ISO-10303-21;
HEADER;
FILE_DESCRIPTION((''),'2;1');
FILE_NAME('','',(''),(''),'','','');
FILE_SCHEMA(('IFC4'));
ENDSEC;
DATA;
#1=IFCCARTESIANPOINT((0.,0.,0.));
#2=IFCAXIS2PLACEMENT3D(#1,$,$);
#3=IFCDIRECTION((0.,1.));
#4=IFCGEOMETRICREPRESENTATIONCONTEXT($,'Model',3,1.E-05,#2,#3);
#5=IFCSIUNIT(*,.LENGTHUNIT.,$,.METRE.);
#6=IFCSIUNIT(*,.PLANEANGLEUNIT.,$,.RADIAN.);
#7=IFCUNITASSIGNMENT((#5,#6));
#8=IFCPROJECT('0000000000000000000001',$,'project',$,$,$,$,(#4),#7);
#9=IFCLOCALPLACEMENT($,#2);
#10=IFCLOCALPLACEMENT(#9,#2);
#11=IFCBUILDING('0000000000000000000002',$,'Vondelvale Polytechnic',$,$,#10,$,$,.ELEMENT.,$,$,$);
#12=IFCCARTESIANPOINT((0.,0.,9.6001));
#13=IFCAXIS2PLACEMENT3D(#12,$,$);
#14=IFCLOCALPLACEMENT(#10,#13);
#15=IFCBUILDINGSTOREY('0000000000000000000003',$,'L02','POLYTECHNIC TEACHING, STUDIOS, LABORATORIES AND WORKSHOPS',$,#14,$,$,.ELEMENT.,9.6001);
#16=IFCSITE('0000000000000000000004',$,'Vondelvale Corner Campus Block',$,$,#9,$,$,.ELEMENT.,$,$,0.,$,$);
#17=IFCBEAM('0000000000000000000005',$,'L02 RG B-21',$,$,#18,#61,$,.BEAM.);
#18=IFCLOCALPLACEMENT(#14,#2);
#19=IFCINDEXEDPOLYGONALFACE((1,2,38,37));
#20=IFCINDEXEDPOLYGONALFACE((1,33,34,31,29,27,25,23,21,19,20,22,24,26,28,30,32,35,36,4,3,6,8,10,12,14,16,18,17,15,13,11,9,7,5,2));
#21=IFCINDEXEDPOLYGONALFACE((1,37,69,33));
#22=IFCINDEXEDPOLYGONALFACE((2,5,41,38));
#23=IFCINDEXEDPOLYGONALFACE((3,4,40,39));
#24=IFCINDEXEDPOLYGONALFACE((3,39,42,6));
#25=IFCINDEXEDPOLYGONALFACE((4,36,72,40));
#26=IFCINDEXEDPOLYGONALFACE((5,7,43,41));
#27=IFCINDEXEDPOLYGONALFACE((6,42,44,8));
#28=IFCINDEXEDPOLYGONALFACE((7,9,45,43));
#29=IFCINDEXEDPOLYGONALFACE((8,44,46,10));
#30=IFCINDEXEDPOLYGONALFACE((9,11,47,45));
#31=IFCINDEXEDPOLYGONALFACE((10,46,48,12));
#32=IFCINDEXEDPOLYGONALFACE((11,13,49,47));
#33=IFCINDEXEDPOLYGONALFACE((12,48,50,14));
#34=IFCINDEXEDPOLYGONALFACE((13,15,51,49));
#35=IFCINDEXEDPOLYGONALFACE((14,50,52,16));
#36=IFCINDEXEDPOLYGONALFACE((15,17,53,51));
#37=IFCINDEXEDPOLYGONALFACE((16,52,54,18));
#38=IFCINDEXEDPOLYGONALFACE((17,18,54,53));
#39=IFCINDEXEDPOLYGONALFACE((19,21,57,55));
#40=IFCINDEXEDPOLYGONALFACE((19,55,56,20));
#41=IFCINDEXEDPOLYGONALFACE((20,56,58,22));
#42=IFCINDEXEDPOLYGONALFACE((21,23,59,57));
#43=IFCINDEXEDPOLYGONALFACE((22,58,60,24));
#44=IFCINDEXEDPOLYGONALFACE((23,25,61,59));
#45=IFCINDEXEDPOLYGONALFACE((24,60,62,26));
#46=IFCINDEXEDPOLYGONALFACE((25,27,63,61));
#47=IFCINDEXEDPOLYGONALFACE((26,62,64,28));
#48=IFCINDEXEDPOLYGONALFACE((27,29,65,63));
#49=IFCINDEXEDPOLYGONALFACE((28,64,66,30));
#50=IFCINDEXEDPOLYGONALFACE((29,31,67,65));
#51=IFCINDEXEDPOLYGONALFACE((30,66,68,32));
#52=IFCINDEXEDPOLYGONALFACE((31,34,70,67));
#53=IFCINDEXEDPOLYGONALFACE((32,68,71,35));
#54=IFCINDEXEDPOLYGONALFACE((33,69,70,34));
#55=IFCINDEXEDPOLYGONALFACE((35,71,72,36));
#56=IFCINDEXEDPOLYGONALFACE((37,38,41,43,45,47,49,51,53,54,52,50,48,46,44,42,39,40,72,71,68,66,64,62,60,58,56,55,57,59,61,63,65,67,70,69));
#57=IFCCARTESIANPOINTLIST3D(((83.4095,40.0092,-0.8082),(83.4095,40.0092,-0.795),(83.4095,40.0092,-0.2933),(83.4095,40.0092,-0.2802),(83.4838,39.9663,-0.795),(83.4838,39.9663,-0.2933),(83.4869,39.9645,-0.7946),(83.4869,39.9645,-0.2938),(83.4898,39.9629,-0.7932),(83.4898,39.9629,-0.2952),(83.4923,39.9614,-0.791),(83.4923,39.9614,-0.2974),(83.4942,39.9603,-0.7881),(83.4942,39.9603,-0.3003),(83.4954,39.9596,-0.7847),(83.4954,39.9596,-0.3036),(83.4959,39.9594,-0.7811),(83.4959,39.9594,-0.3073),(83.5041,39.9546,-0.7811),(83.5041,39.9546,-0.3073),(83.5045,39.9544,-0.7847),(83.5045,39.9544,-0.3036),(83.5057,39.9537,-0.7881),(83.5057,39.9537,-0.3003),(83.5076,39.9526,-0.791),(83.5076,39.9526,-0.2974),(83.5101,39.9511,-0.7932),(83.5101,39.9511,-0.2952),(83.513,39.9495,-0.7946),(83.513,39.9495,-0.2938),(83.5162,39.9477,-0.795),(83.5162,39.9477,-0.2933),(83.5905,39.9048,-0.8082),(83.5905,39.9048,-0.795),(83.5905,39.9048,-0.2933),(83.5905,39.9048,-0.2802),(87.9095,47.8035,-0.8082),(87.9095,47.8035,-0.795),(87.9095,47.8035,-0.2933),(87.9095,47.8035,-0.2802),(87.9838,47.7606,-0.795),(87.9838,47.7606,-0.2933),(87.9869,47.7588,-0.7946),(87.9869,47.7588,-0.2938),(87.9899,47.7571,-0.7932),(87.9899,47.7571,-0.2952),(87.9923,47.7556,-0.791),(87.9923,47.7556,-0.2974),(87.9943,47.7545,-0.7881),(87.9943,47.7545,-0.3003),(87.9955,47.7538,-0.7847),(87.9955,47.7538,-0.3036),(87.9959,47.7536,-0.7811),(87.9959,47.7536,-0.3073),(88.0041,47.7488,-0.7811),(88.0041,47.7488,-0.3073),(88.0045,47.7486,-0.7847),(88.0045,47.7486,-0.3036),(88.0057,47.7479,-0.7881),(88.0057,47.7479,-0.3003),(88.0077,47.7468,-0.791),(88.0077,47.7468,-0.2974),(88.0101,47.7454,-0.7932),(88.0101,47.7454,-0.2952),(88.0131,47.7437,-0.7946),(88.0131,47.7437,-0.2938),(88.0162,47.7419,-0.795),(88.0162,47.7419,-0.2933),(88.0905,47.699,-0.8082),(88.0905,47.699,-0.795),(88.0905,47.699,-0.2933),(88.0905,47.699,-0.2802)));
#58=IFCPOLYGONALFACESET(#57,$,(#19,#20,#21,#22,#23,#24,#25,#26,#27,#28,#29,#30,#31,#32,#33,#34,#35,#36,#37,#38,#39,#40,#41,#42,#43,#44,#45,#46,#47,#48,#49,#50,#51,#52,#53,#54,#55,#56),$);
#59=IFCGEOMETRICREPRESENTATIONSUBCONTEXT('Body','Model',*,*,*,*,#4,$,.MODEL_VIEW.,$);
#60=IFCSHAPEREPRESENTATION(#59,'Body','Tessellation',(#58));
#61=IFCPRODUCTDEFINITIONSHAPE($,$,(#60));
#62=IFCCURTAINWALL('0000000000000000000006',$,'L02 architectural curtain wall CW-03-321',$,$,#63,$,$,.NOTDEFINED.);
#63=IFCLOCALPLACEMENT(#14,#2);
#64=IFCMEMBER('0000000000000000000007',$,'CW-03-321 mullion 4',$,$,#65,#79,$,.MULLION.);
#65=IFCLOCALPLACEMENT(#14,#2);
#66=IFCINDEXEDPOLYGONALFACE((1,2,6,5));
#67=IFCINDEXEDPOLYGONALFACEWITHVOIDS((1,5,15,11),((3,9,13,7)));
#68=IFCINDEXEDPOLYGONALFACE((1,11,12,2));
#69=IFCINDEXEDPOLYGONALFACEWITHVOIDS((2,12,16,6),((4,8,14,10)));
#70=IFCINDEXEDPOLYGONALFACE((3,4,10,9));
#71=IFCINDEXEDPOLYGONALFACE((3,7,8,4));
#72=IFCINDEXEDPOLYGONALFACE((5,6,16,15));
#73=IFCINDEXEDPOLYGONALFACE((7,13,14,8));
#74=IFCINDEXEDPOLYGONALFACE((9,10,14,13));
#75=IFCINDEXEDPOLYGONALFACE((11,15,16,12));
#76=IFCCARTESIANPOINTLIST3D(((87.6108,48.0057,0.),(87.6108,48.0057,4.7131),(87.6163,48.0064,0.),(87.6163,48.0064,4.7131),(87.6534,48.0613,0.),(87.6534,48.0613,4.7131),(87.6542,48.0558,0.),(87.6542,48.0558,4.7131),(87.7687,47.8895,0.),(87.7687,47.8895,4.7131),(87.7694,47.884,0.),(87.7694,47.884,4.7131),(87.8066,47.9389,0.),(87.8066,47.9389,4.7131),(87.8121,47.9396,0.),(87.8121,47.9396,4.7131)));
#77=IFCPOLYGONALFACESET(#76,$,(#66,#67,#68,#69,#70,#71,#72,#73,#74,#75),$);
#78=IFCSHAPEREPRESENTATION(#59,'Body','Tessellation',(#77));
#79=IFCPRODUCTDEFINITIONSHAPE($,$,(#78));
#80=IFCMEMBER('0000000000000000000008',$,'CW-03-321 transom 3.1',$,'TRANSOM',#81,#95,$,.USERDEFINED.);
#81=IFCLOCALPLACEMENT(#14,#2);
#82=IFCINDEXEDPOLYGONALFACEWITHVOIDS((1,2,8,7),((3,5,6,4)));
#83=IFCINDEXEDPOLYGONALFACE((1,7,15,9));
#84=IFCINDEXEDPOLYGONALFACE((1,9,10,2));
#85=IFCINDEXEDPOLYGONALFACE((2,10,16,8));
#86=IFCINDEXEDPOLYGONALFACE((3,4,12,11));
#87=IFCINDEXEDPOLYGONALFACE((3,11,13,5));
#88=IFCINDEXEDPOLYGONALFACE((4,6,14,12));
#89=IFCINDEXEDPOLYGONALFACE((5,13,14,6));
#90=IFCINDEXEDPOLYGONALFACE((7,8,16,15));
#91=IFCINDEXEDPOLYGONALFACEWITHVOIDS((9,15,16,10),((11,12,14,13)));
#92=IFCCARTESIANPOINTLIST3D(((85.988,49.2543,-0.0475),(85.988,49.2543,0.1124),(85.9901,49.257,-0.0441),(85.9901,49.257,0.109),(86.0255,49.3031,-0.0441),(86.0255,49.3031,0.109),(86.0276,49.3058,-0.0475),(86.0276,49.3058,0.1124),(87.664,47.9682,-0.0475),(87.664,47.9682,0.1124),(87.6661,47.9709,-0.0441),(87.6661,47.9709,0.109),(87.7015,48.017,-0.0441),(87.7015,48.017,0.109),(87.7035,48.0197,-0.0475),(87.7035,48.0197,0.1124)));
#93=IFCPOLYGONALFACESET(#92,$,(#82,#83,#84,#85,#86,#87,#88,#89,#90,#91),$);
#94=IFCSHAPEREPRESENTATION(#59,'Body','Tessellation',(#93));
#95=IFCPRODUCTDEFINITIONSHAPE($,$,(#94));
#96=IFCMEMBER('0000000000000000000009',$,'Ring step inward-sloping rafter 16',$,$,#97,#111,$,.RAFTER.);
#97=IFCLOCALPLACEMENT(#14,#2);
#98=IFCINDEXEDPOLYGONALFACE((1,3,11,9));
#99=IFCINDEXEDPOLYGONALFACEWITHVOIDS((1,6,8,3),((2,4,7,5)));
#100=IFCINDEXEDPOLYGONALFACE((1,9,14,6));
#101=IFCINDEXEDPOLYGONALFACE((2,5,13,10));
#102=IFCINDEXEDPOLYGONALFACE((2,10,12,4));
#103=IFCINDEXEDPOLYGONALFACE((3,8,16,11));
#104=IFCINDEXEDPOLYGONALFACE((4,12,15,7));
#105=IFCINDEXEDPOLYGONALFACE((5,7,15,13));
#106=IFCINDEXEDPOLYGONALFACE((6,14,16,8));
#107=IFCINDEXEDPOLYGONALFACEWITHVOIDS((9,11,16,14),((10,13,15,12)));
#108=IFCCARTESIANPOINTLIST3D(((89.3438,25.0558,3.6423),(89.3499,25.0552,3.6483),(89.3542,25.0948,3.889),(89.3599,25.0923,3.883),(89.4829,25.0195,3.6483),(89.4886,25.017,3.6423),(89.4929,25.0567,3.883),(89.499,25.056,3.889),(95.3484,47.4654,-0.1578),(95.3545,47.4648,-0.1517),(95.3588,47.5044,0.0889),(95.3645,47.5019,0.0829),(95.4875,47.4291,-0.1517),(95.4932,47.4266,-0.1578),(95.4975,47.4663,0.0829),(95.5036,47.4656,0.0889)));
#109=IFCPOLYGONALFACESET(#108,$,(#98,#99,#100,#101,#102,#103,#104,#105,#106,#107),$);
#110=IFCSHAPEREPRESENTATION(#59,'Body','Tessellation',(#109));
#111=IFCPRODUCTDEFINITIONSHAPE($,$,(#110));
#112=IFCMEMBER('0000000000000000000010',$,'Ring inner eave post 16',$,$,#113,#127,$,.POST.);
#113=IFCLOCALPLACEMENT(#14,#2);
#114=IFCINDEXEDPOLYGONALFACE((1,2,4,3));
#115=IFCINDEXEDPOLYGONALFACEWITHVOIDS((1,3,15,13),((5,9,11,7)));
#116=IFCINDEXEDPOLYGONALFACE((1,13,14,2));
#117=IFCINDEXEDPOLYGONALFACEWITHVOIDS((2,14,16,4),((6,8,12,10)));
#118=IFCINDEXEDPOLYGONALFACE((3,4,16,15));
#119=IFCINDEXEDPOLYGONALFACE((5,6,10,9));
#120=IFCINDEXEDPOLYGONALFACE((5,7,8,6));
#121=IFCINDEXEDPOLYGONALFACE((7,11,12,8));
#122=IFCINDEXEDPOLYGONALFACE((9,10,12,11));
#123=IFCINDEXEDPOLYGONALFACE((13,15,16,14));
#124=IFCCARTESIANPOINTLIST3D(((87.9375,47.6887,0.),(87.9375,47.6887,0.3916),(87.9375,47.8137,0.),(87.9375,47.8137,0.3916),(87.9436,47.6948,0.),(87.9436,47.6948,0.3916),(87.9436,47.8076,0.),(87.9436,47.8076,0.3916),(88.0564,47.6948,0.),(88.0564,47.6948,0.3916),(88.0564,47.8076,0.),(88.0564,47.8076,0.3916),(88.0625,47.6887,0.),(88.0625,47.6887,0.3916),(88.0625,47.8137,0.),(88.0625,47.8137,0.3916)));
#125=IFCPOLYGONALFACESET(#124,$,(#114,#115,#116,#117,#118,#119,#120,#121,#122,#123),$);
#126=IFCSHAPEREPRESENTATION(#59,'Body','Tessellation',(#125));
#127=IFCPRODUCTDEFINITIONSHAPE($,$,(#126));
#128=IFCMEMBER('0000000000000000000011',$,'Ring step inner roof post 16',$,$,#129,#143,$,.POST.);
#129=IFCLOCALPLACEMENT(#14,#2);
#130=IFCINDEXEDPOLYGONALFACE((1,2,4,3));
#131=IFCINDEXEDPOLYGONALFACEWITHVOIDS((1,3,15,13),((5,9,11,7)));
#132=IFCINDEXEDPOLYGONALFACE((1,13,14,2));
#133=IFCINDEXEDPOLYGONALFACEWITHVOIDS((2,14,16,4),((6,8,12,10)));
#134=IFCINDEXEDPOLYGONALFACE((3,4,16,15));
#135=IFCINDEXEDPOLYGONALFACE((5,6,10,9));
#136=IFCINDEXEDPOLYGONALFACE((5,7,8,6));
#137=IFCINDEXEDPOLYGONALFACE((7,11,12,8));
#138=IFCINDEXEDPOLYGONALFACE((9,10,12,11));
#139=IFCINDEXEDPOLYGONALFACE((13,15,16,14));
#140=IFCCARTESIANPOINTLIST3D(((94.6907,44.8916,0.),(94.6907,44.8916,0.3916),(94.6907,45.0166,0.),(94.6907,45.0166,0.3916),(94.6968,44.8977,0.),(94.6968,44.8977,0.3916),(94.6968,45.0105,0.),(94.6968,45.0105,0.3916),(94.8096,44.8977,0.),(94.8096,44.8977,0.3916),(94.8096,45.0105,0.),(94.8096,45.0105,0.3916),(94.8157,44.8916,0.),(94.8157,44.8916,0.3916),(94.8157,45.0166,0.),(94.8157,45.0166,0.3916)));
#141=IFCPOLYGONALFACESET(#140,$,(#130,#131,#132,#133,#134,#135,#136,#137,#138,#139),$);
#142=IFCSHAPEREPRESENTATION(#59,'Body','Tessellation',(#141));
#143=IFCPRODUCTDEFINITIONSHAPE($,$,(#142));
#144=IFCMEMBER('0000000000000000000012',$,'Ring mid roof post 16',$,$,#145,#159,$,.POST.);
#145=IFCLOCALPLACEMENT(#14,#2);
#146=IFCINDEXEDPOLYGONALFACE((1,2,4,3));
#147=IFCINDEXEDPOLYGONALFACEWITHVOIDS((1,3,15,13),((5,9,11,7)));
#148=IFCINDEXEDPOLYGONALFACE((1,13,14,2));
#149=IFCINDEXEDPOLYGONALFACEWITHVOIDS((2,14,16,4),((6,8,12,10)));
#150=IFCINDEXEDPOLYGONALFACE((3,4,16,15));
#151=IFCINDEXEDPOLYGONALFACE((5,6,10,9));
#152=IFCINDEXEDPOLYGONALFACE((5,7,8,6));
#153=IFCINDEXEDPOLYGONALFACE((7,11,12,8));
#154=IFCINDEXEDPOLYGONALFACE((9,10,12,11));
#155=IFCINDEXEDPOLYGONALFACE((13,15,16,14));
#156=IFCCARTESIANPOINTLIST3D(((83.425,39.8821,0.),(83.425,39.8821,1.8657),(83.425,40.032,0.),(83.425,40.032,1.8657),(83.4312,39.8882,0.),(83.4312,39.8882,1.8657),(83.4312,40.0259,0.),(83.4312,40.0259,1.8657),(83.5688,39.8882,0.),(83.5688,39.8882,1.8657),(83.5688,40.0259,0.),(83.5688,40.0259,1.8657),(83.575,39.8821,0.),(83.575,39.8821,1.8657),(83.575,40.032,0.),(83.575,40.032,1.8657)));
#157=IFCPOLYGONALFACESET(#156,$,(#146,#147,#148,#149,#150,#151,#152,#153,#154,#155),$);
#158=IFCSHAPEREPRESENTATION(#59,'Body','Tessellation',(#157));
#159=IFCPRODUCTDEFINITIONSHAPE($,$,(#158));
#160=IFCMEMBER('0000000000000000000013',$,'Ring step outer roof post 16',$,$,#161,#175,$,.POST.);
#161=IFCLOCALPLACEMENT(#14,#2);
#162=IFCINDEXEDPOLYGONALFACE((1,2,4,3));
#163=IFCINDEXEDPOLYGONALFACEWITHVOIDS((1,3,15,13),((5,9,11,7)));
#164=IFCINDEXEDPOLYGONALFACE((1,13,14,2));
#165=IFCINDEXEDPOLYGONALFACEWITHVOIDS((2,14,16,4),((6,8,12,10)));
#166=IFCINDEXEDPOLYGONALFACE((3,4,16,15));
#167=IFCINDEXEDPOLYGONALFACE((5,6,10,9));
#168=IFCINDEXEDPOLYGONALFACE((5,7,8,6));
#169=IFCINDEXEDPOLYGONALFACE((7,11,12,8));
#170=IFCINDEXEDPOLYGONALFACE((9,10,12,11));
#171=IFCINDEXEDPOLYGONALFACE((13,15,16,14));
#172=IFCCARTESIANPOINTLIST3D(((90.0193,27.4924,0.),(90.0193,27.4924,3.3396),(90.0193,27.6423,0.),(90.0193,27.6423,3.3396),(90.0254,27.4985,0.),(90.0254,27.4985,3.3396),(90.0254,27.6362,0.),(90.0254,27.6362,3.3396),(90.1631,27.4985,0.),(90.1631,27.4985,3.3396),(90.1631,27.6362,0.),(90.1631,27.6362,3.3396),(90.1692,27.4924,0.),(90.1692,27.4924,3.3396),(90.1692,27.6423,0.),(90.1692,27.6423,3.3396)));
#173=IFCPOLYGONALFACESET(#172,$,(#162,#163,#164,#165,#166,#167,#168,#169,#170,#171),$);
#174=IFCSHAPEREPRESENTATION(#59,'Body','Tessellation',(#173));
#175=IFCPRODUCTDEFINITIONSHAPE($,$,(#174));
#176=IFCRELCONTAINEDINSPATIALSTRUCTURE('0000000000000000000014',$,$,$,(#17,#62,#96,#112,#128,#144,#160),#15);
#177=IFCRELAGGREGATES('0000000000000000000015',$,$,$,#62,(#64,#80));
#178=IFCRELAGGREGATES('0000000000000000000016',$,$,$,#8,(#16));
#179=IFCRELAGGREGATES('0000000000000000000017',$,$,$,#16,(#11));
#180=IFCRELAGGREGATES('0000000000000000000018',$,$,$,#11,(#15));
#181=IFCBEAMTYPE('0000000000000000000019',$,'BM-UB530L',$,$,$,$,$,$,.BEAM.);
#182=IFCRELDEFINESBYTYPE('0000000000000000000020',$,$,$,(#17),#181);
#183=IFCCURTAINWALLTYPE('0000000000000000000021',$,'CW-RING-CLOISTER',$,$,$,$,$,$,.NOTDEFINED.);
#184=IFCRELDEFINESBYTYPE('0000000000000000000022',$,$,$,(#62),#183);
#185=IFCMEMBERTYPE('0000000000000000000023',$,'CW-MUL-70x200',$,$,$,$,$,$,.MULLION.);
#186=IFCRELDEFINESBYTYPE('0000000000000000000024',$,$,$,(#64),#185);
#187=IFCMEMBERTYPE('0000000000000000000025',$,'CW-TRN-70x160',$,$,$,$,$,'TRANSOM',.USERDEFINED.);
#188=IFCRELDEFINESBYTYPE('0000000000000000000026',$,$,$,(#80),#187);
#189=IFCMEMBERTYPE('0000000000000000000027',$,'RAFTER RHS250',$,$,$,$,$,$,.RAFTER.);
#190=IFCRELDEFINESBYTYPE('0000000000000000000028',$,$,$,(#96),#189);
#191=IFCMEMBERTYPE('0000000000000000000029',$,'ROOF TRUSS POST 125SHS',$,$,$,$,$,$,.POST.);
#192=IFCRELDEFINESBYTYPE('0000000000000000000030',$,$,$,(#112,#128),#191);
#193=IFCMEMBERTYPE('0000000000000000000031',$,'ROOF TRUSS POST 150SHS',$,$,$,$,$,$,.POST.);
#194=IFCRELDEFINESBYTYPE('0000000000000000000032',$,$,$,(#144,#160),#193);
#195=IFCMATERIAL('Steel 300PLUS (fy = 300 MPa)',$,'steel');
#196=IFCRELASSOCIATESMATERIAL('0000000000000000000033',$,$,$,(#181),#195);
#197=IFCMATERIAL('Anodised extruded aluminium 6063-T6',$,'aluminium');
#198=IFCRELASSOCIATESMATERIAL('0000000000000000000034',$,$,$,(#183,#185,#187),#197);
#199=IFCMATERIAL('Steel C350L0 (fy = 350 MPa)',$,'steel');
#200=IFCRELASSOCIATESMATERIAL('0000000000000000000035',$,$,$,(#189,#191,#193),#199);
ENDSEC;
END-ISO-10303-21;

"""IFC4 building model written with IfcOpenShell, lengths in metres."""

from ifc_helpers import new_model, si_unit, direction, frame, origin, origin_2d, place, context, subcontext, project, spatial, hollow_rectangle, i_section, extrude, material, material_profile, profile_set, type_object, element, aggregate, save


model = new_model("IFC4")

# Units and contexts
model_context = context("Model", 3, precision=1e-05, world=origin(), true_north=direction((0.0, 1.0)))
body_context = subcontext(model_context, "Body", "Model", "MODEL_VIEW")
ifc_project = project(units=[si_unit("LENGTHUNIT", "METRE"), si_unit("PLANEANGLEUNIT", "RADIAN")], contexts=[model_context])

# Site, building, storey
site_placement = place(None, origin())
site = spatial("IfcSite", under=ifc_project, at=site_placement, Name="Vondelvale Corner Campus Block", CompositionType="ELEMENT", RefElevation=0.0)
building_placement = place(site_placement, origin())
building = spatial("IfcBuilding", under=site, at=building_placement, Name="Vondelvale Polytechnic", CompositionType="ELEMENT")
storey_placement = place(building_placement, frame((0.0, 0.0, 9.6001)))
storey = spatial("IfcBuildingStorey", under=building, at=storey_placement, Name="L02", Description="POLYTECHNIC TEACHING, STUDIOS, LABORATORIES AND WORKSHOPS", CompositionType="ELEMENT", Elevation=9.6001)

# Shared definitions
ifc_material_1 = material(Name="Steel 300PLUS (fy = 300 MPa)", Category="steel")

# Beam
ifc_material_profile_1 = material_profile(ifc_material_1, i_section(OverallWidth=0.209, OverallDepth=0.5281, WebThickness=0.0095, FlangeThickness=0.0132, FilletRadius=0.0139, at=origin_2d()), Name="530UB82.0")
ifc_profile_set_1 = profile_set([ifc_material_profile_1], Name="Steel 300PLUS (fy = 300 MPa)")
beam_type_1 = type_object("IfcBeamType", Name="BM-UB530L", PredefinedType="BEAM", material=ifc_profile_set_1)
beam_1_placement = place(storey_placement, frame((88.0, 47.7512, -0.5442), z_axis=(-0.500002, -0.866024, 0.0), x_axis=(0.866024, -0.500002, 0.0)))
element("IfcBeam", 1, at=beam_1_placement, inside=storey, type_object=beam_type_1, Name="L02 RG B-21", PredefinedType="BEAM", context=body_context, shape_type="SweptSolid", body=[
    extrude(i_section(OverallWidth=0.209, OverallDepth=0.5281, WebThickness=0.0095, FlangeThickness=0.0132, FilletRadius=0.0139, at=origin_2d()), origin(), (0.0, 0.0, 1.0), 9.0),
])

# Curtain wall, members
ifc_material_2 = material(Name="Anodised extruded aluminium 6063-T6", Category="aluminium")
curtain_wall_type = type_object("IfcCurtainWallType", Name="CW-RING-CLOISTER", PredefinedType="NOTDEFINED", material=ifc_material_2)
curtain_wall_placement = place(storey_placement, origin())
curtain_wall = element("IfcCurtainWall", 2, at=curtain_wall_placement, inside=storey, type_object=curtain_wall_type, Name="L02 architectural curtain wall CW-03-321", PredefinedType="NOTDEFINED")
ifc_material_profile_2 = material_profile(ifc_material_2, hollow_rectangle(XDim=0.0701, YDim=0.2, WallThickness=0.0039, at=origin_2d()), Name="CW-MUL-200x70")
ifc_profile_set_2 = profile_set([ifc_material_profile_2], Name="Anodised extruded aluminium 6063-T6")
member_type_1 = type_object("IfcMemberType", Name="CW-MUL-70x200", PredefinedType="MULLION", material=ifc_profile_set_2)
member_1_placement = place(storey_placement, frame((87.7114, 47.9727, 0.0), z_axis=(0.0, 0.0, 1.0), x_axis=(0.608748, 0.793364, 0.0)))
member_1 = element("IfcMember", 3, at=member_1_placement, type_object=member_type_1, Name="CW-03-321 mullion 4", PredefinedType="MULLION", context=body_context, shape_type="SweptSolid", body=[
    extrude(hollow_rectangle(XDim=0.0701, YDim=0.2, WallThickness=0.0039, at=origin_2d()), origin(), (0.0, 0.0, 1.0), 4.7131),
])
ifc_material_profile_3 = material_profile(ifc_material_2, hollow_rectangle(XDim=0.0649, YDim=0.1599, WallThickness=0.0034, at=origin_2d()), Name="CW-TRN-160x65")
ifc_profile_set_3 = profile_set([ifc_material_profile_3], Name="Anodised extruded aluminium 6063-T6")
member_type_2 = type_object("IfcMemberType", Name="CW-TRN-70x160", ElementType="TRANSOM", PredefinedType="USERDEFINED", material=ifc_profile_set_3)
member_2_placement = place(storey_placement, frame((86.0078, 49.28, 0.0325), z_axis=(0.793337, -0.608783, 0.0), x_axis=(0.608783, 0.793337, 0.0)))
member_2 = element("IfcMember", 4, at=member_2_placement, type_object=member_type_2, Name="CW-03-321 transom 3.1", ObjectType="TRANSOM", PredefinedType="USERDEFINED", context=body_context, shape_type="SweptSolid", body=[
    extrude(hollow_rectangle(XDim=0.0649, YDim=0.1599, WallThickness=0.0034, at=origin_2d()), origin(), (0.0, 0.0, 1.0), 2.1125),
])

# Members
ifc_material_3 = material(Name="Steel C350L0 (fy = 350 MPa)", Category="steel")
ifc_material_profile_4 = material_profile(ifc_material_3, hollow_rectangle(XDim=0.1499, YDim=0.25, WallThickness=0.0061, at=origin_2d()), Name="250x150x6.0RHS")
ifc_profile_set_4 = profile_set([ifc_material_profile_4], Name="Steel C350L0 (fy = 350 MPa)")
member_type_3 = type_object("IfcMemberType", Name="RAFTER RHS250", PredefinedType="RAFTER", material=ifc_profile_set_4)
member_3_placement = place(storey_placement, frame((89.4214, 25.0559, 3.7656), z_axis=(0.255415, 0.953224, -0.16164), x_axis=(-0.965926, 0.258818, 0.0)))
element("IfcMember", 5, at=member_3_placement, inside=storey, type_object=member_type_3, Name="Ring step inward-sloping rafter 16", PredefinedType="RAFTER", context=body_context, shape_type="SweptSolid", body=[
    extrude(hollow_rectangle(XDim=0.1499, YDim=0.25, WallThickness=0.0061, at=origin_2d()), origin(), (0.0, 0.0, 1.0), 23.5093),
])
ifc_material_profile_5 = material_profile(ifc_material_3, hollow_rectangle(XDim=0.125, YDim=0.125, WallThickness=0.0061, at=origin_2d()), Name="125x125x6.0SHS")
ifc_profile_set_5 = profile_set([ifc_material_profile_5], Name="Steel C350L0 (fy = 350 MPa)")
member_type_4 = type_object("IfcMemberType", Name="ROOF TRUSS POST 125SHS", PredefinedType="POST", material=ifc_profile_set_5)
for number, where, z_axis, x_axis, name in (
    (6, (88.0, 47.7512, 0.0), (0.0, 0.0, 1.0), (1.0, 0.0, 0.0), "Ring inner eave post 16"),
    (7, (94.7532, 44.9541, 0.0), (0.0, 0.0, 1.0), (1.0, 0.0, 0.0), "Ring step inner roof post 16"),
):
    element("IfcMember", number, at=place(storey_placement, frame(where, z_axis=z_axis, x_axis=x_axis)), inside=storey, type_object=member_type_4, Name=name, PredefinedType="POST", context=body_context, shape_type="SweptSolid", body=[
        extrude(hollow_rectangle(XDim=0.125, YDim=0.125, WallThickness=0.0061, at=origin_2d()), origin(), (0.0, 0.0, 1.0), 0.3916),
    ])
ifc_material_profile_6 = material_profile(ifc_material_3, hollow_rectangle(XDim=0.1499, YDim=0.1499, WallThickness=0.0061, at=origin_2d()), Name="150x150x6.0SHS")
ifc_profile_set_6 = profile_set([ifc_material_profile_6], Name="Steel C350L0 (fy = 350 MPa)")
member_type_5 = type_object("IfcMemberType", Name="ROOF TRUSS POST 150SHS", PredefinedType="POST", material=ifc_profile_set_6)
member_4_placement = place(storey_placement, frame((83.5, 39.957, 0.0), z_axis=(0.0, 0.0, 1.0), x_axis=(1.0, 0.0, 0.0)))
element("IfcMember", 8, at=member_4_placement, inside=storey, type_object=member_type_5, Name="Ring mid roof post 16", PredefinedType="POST", context=body_context, shape_type="SweptSolid", body=[
    extrude(hollow_rectangle(XDim=0.1499, YDim=0.1499, WallThickness=0.0061, at=origin_2d()), origin(), (0.0, 0.0, 1.0), 1.8657),
])
member_5_placement = place(storey_placement, frame((90.0942, 27.5674, 0.0), z_axis=(0.0, 0.0, 1.0), x_axis=(1.0, 0.0, 0.0)))
element("IfcMember", 9, at=member_5_placement, inside=storey, type_object=member_type_5, Name="Ring step outer roof post 16", PredefinedType="POST", context=body_context, shape_type="SweptSolid", body=[
    extrude(hollow_rectangle(XDim=0.1499, YDim=0.1499, WallThickness=0.0061, at=origin_2d()), origin(), (0.0, 0.0, 1.0), 3.3396),
])

aggregate(curtain_wall, [member_1, member_2])

save(model, "model.ifc")
